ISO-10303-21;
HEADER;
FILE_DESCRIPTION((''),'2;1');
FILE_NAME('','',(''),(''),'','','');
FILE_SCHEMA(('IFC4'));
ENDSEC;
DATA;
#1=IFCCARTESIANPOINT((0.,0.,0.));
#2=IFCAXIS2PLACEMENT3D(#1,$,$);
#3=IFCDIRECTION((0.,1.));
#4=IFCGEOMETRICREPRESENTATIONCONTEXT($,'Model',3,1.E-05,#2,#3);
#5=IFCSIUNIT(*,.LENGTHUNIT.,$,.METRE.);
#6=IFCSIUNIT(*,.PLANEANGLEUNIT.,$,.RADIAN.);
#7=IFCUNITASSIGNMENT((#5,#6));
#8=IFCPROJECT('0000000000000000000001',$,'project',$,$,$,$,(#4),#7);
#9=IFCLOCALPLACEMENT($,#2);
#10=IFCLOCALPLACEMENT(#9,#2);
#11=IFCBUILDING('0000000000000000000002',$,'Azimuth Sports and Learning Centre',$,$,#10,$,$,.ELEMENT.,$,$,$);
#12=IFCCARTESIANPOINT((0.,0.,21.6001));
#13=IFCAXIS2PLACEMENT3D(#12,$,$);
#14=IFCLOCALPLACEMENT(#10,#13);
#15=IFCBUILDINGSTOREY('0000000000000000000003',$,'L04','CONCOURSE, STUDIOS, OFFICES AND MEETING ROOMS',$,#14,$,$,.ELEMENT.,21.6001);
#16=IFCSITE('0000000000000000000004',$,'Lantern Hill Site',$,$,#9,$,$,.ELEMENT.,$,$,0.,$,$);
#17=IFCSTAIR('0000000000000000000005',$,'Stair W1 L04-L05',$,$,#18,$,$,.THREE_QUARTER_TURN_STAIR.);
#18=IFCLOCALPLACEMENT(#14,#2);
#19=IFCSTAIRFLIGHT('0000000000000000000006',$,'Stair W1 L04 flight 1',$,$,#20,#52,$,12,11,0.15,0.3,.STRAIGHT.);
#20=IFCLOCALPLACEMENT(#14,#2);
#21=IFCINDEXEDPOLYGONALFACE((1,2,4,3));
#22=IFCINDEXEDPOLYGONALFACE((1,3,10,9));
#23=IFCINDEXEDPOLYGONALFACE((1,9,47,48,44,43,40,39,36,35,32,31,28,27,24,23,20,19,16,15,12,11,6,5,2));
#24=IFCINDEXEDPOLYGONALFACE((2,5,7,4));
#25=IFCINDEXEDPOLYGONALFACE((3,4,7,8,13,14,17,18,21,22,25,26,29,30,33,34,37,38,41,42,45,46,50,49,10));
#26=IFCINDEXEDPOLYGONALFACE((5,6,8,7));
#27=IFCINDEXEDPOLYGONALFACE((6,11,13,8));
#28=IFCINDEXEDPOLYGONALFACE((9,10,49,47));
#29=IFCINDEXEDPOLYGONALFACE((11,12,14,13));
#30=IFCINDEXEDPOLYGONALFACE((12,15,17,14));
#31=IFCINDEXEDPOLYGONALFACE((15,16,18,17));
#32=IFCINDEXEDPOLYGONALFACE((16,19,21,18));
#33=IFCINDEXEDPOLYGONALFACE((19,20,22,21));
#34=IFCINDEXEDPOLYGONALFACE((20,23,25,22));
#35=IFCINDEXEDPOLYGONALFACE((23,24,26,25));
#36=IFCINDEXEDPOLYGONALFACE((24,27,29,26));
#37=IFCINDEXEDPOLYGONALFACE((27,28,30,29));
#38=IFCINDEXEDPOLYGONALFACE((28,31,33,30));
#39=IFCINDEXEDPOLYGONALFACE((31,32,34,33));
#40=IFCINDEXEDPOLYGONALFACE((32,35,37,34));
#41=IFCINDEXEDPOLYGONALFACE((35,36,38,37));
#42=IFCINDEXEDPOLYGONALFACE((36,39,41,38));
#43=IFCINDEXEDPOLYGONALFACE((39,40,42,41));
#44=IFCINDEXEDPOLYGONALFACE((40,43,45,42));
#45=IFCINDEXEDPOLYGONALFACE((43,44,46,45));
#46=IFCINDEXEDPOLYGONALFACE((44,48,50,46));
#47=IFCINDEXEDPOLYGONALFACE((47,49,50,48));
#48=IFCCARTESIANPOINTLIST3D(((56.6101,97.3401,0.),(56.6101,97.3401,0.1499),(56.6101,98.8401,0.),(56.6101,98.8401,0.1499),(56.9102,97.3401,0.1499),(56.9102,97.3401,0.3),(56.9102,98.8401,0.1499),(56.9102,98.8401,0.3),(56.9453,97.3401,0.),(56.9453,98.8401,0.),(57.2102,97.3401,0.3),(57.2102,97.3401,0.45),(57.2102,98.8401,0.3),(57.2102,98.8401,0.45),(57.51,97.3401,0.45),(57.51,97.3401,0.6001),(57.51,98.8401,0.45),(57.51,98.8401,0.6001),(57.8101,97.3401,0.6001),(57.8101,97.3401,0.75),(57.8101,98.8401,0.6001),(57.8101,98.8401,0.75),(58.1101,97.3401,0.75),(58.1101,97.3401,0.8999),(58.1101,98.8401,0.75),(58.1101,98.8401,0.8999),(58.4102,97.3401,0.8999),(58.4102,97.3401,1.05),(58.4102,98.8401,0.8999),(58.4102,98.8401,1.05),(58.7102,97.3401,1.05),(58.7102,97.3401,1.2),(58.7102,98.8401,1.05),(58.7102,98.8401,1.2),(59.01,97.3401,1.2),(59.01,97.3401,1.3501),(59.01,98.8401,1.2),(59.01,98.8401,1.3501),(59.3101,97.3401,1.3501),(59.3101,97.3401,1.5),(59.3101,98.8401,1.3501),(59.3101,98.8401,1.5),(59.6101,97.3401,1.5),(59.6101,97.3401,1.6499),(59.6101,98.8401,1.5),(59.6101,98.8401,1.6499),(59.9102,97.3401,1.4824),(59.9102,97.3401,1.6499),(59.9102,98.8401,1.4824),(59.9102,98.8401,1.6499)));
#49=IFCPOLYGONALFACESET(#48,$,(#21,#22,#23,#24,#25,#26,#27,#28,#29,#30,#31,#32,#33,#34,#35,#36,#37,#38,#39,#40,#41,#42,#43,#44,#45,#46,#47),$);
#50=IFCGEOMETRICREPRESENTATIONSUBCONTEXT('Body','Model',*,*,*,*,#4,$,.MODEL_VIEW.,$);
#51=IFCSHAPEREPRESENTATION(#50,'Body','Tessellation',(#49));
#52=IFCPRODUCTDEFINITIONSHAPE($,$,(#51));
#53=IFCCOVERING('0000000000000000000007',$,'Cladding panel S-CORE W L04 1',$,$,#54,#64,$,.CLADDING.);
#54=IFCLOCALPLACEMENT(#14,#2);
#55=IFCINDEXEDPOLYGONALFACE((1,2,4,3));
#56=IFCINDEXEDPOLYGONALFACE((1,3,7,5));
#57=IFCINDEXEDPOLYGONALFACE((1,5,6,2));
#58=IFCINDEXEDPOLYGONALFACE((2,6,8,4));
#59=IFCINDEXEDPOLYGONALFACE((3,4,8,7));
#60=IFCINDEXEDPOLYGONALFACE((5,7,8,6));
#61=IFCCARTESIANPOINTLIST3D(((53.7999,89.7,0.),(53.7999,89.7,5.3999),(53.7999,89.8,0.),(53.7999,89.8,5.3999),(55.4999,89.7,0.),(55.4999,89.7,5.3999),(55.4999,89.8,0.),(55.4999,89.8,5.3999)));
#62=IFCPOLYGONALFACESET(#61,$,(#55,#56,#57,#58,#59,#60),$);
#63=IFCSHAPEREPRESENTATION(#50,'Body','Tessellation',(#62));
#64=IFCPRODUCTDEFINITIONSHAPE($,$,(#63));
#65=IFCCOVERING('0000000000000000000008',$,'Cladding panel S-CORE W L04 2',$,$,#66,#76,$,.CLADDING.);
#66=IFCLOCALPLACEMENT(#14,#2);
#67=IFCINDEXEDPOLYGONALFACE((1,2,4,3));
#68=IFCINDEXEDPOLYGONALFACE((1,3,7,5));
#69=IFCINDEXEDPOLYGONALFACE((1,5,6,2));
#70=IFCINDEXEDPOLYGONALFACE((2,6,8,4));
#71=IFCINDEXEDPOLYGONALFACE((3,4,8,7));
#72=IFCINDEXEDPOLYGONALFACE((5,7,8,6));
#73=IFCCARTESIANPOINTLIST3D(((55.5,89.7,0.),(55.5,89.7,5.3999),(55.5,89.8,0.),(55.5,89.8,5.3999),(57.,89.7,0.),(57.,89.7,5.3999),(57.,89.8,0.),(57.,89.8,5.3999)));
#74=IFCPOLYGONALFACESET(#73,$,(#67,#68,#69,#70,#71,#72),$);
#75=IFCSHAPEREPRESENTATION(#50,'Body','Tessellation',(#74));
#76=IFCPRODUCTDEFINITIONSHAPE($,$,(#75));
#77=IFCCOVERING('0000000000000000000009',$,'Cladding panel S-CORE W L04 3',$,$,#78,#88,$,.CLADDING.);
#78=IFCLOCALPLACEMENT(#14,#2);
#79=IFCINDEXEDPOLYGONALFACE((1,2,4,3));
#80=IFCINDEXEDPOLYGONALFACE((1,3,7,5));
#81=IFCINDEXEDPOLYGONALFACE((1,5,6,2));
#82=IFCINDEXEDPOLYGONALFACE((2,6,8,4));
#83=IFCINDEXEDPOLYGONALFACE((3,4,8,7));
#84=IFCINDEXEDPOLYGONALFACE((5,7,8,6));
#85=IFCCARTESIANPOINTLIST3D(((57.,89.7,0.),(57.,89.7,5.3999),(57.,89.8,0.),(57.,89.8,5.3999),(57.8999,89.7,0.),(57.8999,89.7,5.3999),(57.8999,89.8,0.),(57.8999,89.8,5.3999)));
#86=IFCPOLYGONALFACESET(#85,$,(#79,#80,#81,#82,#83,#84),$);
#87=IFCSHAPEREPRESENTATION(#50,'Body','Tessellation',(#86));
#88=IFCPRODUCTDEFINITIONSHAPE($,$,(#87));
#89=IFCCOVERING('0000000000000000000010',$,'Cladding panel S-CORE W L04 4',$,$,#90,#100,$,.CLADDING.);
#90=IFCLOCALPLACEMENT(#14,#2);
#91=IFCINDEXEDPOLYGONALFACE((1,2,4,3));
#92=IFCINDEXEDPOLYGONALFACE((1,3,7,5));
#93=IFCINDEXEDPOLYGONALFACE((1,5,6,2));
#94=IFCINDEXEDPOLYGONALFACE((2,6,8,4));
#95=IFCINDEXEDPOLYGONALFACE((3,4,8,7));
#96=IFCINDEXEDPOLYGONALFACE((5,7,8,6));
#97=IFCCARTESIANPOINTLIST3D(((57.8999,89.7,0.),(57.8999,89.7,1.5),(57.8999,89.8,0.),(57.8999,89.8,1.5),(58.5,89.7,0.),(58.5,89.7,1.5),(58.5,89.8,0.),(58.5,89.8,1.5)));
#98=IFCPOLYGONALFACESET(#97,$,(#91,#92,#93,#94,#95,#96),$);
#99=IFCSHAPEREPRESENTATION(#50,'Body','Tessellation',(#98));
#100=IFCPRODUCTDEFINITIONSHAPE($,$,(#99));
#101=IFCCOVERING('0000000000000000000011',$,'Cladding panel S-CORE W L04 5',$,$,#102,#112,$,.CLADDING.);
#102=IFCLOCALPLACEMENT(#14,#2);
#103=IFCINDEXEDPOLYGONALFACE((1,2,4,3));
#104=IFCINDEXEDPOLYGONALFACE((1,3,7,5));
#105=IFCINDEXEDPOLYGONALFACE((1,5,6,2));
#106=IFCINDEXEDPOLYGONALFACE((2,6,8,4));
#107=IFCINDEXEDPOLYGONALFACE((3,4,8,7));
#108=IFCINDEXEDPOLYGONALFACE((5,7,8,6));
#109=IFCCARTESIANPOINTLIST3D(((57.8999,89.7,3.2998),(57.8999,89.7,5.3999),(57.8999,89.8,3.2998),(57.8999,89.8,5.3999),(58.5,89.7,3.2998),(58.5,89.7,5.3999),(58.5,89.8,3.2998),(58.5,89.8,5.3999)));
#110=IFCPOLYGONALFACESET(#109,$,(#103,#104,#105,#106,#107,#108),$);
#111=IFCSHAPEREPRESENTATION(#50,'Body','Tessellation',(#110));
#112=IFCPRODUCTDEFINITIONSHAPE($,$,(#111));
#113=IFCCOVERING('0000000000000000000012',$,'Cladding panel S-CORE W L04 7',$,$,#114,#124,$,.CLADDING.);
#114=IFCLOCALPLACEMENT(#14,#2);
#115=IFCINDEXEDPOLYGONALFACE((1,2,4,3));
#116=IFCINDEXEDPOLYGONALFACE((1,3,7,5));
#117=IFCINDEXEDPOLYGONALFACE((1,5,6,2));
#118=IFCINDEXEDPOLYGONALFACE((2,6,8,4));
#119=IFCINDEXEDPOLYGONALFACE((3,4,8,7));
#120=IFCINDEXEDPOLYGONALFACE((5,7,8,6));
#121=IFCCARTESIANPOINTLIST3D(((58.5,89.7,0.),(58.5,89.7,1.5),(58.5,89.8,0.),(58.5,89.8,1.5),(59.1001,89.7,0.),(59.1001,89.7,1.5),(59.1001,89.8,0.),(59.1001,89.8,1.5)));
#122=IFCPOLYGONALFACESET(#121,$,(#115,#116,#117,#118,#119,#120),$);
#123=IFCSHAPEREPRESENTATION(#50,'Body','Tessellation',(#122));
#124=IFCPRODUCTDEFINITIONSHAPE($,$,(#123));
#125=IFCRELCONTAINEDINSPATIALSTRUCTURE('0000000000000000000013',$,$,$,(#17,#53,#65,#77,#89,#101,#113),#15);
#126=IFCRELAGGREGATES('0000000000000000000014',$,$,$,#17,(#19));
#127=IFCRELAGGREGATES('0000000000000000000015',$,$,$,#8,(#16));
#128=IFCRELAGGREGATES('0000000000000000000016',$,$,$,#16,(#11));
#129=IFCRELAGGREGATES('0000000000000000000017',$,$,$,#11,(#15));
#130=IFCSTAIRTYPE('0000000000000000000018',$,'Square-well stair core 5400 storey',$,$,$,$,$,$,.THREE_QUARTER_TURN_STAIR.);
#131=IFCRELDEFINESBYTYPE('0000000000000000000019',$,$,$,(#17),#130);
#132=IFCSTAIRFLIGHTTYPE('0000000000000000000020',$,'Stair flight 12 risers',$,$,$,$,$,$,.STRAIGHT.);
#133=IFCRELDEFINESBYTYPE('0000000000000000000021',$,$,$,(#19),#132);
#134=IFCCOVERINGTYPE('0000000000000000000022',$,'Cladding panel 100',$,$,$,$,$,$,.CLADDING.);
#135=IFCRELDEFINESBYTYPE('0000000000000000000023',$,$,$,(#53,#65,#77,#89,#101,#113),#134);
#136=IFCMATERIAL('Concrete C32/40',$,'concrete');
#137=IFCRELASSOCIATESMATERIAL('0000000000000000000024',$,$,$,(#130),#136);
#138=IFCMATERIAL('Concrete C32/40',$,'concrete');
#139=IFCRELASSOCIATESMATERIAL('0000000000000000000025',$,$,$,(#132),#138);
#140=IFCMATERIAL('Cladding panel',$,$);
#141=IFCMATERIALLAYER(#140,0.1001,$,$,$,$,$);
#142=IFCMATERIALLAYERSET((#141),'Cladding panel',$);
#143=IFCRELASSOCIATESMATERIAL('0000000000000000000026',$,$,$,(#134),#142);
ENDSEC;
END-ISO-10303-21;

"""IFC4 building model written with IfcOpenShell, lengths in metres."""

from ifc_helpers import new_model, si_unit, direction, frame, origin, origin_2d, place, context, subcontext, project, spatial, polyline, rectangle, outline, extrude, material, layer, layer_set, type_object, element, aggregate, save


model = new_model("IFC4")

# Units and contexts
model_context = context("Model", 3, precision=1e-05, world=origin(), true_north=direction((0.0, 1.0)))
body_context = subcontext(model_context, "Body", "Model", "MODEL_VIEW")
ifc_project = project(units=[si_unit("LENGTHUNIT", "METRE"), si_unit("PLANEANGLEUNIT", "RADIAN")], contexts=[model_context])

# Site, building, storey
site_placement = place(None, origin())
site = spatial("IfcSite", under=ifc_project, at=site_placement, Name="Lantern Hill Site", CompositionType="ELEMENT", RefElevation=0.0)
building_placement = place(site_placement, origin())
building = spatial("IfcBuilding", under=site, at=building_placement, Name="Azimuth Sports and Learning Centre", CompositionType="ELEMENT")
storey_placement = place(building_placement, frame((0.0, 0.0, 21.6001)))
storey = spatial("IfcBuildingStorey", under=building, at=storey_placement, Name="L04", Description="CONCOURSE, STUDIOS, OFFICES AND MEETING ROOMS", CompositionType="ELEMENT", Elevation=21.6001)

# Stair, stair flight
ifc_material_1 = material(Name="Concrete C32/40", Category="concrete")
stair_type = type_object("IfcStairType", Name="Square-well stair core 5400 storey", PredefinedType="THREE_QUARTER_TURN_STAIR", material=ifc_material_1)
stair_placement = place(storey_placement, origin())
stair = element("IfcStair", 1, at=stair_placement, inside=storey, type_object=stair_type, Name="Stair W1 L04-L05", PredefinedType="THREE_QUARTER_TURN_STAIR")
ifc_material_2 = material(Name="Concrete C32/40", Category="concrete")
stair_flight_type = type_object("IfcStairFlightType", Name="Stair flight 12 risers", PredefinedType="STRAIGHT", material=ifc_material_2)
stair_flight_placement = place(storey_placement, frame((56.6101, 98.0901, 0.0), z_axis=(0.0, 0.0, 1.0), x_axis=(1.0, 0.0, 0.0)))
stair_flight = element("IfcStairFlight", 2, at=stair_flight_placement, type_object=stair_flight_type, Name="Stair W1 L04 flight 1", NumberOfRisers=12, NumberOfTreads=11, PredefinedType="STRAIGHT", RiserHeight=0.15, TreadLength=0.3, context=body_context, shape_type="SweptSolid", body=[
    extrude(outline(polyline([(0.0, 0.0), (0.0, 0.1499), (0.3, 0.1499), (0.3, 0.3), (0.6001, 0.3), (0.6001, 0.45), (0.8999, 0.45), (0.8999, 0.6001), (1.2, 0.6001), (1.2, 0.75), (1.5, 0.75), (1.5, 0.8999), (1.8, 0.8999), (1.8, 1.05), (2.1001, 1.05), (2.1001, 1.2), (2.3999, 1.2), (2.3999, 1.3501), (2.7, 1.3501), (2.7, 1.5), (3.0, 1.5), (3.0, 1.6499), (3.3, 1.6499), (3.3, 1.8), (3.3, 1.4824), (0.3352, 0.0), (0.0, 0.0)])), frame((0.0, 0.75, 0.0), z_axis=(0.0, -1.0, 0.0), x_axis=(1.0, 0.0, 0.0)), (0.0, 0.0, 1.0), 1.5),
])
aggregate(stair, [stair_flight])

# Coverings
ifc_material_3 = material(Name="Cladding panel")
ifc_layer_1 = layer(ifc_material_3, 0.1001)
ifc_layer_set_1 = layer_set([ifc_layer_1], Name="Cladding panel")
covering_type = type_object("IfcCoveringType", Name="Cladding panel 100", PredefinedType="CLADDING", material=ifc_layer_set_1)
covering_1_placement = place(storey_placement, frame((54.6499, 89.75, 0.0), z_axis=(0.0, 0.0, 1.0), x_axis=(1.0, 0.0, 0.0)))
element("IfcCovering", 3, at=covering_1_placement, inside=storey, type_object=covering_type, Name="Cladding panel S-CORE W L04 1", PredefinedType="CLADDING", context=body_context, shape_type="SweptSolid", body=[
    extrude(rectangle(XDim=1.7, YDim=0.1001, at=origin_2d()), origin(), (0.0, 0.0, 1.0), 5.3999),
])
covering_2_placement = place(storey_placement, frame((56.25, 89.75, 0.0), z_axis=(0.0, 0.0, 1.0), x_axis=(1.0, 0.0, 0.0)))
element("IfcCovering", 4, at=covering_2_placement, inside=storey, type_object=covering_type, Name="Cladding panel S-CORE W L04 2", PredefinedType="CLADDING", context=body_context, shape_type="SweptSolid", body=[
    extrude(rectangle(XDim=1.5, YDim=0.1001, at=origin_2d()), origin(), (0.0, 0.0, 1.0), 5.3999),
])
covering_3_placement = place(storey_placement, frame((57.45, 89.75, 0.0), z_axis=(0.0, 0.0, 1.0), x_axis=(1.0, 0.0, 0.0)))
element("IfcCovering", 5, at=covering_3_placement, inside=storey, type_object=covering_type, Name="Cladding panel S-CORE W L04 3", PredefinedType="CLADDING", context=body_context, shape_type="SweptSolid", body=[
    extrude(rectangle(XDim=0.8999, YDim=0.1001, at=origin_2d()), origin(), (0.0, 0.0, 1.0), 5.3999),
])
covering_4_placement = place(storey_placement, frame((58.2, 89.75, 0.0), z_axis=(0.0, 0.0, 1.0), x_axis=(1.0, 0.0, 0.0)))
element("IfcCovering", 6, at=covering_4_placement, inside=storey, type_object=covering_type, Name="Cladding panel S-CORE W L04 4", PredefinedType="CLADDING", context=body_context, shape_type="SweptSolid", body=[
    extrude(rectangle(XDim=0.6001, YDim=0.1001, at=origin_2d()), origin(), (0.0, 0.0, 1.0), 1.5),
])
covering_5_placement = place(storey_placement, frame((58.2, 89.75, 3.2998), z_axis=(0.0, 0.0, 1.0), x_axis=(1.0, 0.0, 0.0)))
element("IfcCovering", 7, at=covering_5_placement, inside=storey, type_object=covering_type, Name="Cladding panel S-CORE W L04 5", PredefinedType="CLADDING", context=body_context, shape_type="SweptSolid", body=[
    extrude(rectangle(XDim=0.6001, YDim=0.1001, at=origin_2d()), origin(), (0.0, 0.0, 1.0), 2.1001),
])
covering_6_placement = place(storey_placement, frame((58.8, 89.75, 0.0), z_axis=(0.0, 0.0, 1.0), x_axis=(1.0, 0.0, 0.0)))
element("IfcCovering", 8, at=covering_6_placement, inside=storey, type_object=covering_type, Name="Cladding panel S-CORE W L04 7", PredefinedType="CLADDING", context=body_context, shape_type="SweptSolid", body=[
    extrude(rectangle(XDim=0.6001, YDim=0.1001, at=origin_2d()), origin(), (0.0, 0.0, 1.0), 1.5),
])

save(model, "model.ifc")
